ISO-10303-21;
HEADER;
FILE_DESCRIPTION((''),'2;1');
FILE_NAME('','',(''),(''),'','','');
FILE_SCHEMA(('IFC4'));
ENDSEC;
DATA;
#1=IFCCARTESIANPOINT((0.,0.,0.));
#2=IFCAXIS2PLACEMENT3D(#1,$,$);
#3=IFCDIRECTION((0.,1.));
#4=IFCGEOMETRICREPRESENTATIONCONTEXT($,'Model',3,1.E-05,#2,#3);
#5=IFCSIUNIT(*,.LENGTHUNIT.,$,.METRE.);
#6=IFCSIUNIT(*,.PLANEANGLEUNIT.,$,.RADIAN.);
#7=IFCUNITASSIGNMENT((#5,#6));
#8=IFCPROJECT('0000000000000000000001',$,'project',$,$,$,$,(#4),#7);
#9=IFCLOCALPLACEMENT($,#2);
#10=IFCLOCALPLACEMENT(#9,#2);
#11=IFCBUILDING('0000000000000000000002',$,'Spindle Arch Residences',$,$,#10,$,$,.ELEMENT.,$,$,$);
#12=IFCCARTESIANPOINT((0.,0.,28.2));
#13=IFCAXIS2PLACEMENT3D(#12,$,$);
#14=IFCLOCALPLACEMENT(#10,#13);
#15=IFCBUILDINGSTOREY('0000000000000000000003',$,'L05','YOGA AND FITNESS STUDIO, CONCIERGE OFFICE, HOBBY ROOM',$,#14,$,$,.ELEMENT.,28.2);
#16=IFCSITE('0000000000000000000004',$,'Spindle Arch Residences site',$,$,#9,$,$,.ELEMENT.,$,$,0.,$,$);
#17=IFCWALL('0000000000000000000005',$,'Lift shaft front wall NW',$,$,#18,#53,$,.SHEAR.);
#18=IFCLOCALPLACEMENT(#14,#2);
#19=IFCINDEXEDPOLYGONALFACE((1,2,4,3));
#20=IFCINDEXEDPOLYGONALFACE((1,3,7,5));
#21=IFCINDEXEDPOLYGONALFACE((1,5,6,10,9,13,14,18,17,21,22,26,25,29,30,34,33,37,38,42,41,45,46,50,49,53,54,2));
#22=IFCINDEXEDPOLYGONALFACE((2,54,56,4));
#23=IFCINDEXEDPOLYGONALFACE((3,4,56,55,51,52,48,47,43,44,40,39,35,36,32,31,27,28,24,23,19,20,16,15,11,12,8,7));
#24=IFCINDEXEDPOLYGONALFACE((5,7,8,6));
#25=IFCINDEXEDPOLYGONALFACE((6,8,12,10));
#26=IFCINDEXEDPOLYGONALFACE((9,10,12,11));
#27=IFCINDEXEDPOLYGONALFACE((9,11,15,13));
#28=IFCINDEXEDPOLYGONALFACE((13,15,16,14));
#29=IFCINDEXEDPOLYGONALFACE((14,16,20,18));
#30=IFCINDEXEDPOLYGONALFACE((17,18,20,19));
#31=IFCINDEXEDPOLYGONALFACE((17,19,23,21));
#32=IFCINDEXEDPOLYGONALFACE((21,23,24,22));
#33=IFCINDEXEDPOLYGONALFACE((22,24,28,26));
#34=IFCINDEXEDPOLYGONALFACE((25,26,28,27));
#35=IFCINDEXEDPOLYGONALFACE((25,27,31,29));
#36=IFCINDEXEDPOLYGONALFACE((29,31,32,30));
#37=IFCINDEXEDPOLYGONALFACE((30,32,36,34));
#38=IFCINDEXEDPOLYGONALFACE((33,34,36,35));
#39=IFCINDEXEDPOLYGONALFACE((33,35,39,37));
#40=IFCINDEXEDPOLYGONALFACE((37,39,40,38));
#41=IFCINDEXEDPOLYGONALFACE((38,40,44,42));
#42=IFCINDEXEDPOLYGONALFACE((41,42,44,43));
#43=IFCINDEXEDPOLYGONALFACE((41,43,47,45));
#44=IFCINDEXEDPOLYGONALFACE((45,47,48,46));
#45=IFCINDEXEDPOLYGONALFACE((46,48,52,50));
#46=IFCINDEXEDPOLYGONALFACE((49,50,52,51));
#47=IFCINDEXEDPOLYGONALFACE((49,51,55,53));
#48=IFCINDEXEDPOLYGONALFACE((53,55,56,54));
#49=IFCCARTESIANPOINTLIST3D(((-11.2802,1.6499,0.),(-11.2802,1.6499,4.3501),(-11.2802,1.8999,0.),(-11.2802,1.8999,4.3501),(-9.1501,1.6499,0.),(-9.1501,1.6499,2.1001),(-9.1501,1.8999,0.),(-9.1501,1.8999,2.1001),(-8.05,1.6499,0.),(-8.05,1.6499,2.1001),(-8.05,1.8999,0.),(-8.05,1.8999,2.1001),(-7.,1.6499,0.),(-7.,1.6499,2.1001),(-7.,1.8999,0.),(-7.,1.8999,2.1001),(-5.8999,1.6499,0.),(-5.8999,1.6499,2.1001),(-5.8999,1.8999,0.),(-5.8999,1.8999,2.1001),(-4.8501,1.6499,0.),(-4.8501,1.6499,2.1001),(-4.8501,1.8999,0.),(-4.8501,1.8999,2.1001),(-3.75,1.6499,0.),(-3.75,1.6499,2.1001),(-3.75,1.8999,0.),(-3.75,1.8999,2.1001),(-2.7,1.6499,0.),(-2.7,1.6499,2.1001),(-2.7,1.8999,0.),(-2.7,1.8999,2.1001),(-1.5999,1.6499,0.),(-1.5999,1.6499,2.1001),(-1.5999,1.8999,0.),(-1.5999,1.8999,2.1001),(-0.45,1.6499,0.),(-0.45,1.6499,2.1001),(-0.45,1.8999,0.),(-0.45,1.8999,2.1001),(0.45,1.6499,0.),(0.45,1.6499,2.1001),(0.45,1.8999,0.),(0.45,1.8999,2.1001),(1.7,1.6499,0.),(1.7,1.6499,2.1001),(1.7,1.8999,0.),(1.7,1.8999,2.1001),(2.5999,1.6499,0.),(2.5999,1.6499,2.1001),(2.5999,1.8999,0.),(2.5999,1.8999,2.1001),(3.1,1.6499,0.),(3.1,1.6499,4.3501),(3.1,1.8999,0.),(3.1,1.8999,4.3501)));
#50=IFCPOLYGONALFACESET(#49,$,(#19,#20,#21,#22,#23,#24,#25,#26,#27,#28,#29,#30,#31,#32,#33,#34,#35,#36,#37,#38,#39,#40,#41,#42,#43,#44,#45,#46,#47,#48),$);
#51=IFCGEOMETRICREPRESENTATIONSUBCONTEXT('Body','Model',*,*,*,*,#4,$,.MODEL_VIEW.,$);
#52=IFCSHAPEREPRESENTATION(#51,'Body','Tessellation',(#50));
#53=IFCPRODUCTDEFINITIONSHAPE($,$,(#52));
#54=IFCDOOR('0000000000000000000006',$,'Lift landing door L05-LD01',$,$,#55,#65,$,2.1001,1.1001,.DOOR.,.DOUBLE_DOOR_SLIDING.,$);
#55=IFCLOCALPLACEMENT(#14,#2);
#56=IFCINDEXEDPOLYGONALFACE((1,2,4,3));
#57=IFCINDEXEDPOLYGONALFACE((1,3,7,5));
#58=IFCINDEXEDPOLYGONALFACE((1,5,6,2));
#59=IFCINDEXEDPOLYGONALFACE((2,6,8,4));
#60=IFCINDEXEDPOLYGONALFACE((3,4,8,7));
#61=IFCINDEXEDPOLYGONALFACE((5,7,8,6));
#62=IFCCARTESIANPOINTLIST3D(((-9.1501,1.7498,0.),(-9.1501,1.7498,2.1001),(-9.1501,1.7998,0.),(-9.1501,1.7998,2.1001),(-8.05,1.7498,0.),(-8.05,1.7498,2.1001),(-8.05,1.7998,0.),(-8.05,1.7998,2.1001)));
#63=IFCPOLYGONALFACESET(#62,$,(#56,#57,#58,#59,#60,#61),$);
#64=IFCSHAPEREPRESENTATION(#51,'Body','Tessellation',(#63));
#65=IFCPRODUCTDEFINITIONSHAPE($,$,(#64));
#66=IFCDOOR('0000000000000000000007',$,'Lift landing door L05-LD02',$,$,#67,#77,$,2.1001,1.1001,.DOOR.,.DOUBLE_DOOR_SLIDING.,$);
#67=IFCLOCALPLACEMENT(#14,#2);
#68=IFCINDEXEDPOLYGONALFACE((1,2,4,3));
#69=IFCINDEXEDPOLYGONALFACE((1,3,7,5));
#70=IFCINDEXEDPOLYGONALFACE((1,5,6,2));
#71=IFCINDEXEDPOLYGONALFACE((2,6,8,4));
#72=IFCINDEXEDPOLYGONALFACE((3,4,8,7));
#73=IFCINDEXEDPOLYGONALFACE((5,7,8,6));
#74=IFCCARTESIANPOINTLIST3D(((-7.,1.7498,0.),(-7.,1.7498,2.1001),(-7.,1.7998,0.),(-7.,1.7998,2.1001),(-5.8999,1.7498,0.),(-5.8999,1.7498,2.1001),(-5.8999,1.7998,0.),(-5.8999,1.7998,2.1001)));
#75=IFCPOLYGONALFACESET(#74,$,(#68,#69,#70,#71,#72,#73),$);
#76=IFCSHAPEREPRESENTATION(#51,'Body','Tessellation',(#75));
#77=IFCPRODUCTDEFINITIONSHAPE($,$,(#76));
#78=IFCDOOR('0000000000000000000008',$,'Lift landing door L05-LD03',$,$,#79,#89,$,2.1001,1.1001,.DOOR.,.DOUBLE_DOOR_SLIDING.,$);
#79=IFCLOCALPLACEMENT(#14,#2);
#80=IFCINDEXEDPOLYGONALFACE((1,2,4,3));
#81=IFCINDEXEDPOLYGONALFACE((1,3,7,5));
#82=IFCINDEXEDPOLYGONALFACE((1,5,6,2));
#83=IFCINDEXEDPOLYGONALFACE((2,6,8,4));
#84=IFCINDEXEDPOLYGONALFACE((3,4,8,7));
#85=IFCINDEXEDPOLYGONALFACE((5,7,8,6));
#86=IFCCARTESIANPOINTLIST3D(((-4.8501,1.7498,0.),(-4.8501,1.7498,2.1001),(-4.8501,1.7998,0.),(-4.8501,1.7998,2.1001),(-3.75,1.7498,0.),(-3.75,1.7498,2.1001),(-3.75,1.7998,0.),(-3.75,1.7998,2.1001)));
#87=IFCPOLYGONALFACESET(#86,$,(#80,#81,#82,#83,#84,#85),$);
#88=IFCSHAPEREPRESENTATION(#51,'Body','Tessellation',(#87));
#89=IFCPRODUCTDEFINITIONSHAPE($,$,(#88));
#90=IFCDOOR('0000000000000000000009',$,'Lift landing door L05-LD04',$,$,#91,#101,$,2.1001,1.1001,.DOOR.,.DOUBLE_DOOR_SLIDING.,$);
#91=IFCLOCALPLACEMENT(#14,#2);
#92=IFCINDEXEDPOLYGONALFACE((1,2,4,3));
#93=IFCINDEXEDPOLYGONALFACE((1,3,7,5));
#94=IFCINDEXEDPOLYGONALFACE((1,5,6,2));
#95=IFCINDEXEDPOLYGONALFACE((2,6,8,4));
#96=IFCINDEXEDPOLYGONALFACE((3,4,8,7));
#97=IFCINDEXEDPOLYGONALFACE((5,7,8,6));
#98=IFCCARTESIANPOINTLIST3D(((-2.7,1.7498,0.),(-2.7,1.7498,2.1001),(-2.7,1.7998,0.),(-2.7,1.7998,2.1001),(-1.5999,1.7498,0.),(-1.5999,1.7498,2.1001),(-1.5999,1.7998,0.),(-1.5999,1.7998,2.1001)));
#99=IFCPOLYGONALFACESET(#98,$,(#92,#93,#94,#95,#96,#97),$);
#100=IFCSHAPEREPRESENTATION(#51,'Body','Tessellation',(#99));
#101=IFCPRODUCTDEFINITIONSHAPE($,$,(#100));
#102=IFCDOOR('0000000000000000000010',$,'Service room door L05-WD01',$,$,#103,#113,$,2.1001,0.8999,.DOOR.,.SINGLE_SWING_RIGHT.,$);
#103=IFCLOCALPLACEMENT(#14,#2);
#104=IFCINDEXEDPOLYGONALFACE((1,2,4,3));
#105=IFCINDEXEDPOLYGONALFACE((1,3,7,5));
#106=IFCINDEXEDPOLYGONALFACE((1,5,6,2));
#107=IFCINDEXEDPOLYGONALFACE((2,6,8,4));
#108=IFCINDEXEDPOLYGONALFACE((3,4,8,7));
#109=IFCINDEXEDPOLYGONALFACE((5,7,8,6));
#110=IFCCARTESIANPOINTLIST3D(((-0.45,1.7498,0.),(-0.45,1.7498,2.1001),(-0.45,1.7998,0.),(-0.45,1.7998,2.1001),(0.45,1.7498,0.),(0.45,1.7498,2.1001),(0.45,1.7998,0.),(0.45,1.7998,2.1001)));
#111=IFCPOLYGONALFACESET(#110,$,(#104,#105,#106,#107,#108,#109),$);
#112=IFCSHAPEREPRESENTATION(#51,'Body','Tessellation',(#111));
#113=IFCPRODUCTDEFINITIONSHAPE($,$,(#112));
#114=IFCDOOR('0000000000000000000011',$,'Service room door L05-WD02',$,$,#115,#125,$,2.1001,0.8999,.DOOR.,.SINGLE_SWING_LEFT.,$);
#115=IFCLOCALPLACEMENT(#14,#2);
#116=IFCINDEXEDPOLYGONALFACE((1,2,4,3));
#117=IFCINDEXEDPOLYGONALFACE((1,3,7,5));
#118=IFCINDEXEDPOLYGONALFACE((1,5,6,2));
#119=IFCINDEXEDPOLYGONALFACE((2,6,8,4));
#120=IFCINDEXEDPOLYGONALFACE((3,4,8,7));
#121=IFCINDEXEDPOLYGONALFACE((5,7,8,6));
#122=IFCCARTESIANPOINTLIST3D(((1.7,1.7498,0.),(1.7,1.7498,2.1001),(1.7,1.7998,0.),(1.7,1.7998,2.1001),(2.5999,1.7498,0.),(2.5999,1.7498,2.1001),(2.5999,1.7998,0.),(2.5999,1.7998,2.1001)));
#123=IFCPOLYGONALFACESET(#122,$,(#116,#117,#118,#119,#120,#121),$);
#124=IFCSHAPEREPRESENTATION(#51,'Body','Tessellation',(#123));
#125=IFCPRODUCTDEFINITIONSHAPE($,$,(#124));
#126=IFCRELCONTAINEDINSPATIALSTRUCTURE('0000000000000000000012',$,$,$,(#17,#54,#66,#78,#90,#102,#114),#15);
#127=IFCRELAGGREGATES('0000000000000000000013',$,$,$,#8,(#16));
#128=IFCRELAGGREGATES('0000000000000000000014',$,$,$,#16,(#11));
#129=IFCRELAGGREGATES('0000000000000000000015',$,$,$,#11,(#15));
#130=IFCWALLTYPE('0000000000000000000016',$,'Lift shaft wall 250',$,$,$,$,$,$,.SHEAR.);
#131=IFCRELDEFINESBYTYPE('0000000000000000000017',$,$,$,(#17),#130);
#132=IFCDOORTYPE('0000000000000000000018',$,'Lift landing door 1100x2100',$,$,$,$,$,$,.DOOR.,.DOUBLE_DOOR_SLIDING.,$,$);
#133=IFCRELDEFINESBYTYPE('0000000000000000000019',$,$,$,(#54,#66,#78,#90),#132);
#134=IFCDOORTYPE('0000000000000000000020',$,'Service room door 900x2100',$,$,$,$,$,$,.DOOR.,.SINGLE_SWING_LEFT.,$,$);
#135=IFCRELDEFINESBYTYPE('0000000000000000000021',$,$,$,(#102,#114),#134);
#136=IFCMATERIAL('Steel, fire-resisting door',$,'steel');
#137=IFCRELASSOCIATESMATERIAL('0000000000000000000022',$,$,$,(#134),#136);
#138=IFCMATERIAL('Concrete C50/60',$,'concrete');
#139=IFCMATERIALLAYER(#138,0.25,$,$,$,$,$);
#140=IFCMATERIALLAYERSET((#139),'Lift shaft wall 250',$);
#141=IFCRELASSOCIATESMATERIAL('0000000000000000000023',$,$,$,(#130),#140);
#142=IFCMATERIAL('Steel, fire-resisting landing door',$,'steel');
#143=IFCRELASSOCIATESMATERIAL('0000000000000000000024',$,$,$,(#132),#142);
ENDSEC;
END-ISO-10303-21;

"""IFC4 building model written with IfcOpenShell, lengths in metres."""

from ifc_helpers import new_model, si_unit, direction, frame, frame_2d, origin, place, context, subcontext, project, spatial, rectangle, extrude, material, layer, layer_set, type_object, element, fill, save


model = new_model("IFC4")

# Units and contexts
model_context = context("Model", 3, precision=1e-05, world=origin(), true_north=direction((0.0, 1.0)))
body_context = subcontext(model_context, "Body", "Model", "MODEL_VIEW")
ifc_project = project(units=[si_unit("LENGTHUNIT", "METRE"), si_unit("PLANEANGLEUNIT", "RADIAN")], contexts=[model_context])

# Site, building, storey
site_placement = place(None, origin())
site = spatial("IfcSite", under=ifc_project, at=site_placement, Name="Spindle Arch Residences site", CompositionType="ELEMENT", RefElevation=0.0)
building_placement = place(site_placement, origin())
building = spatial("IfcBuilding", under=site, at=building_placement, Name="Spindle Arch Residences", CompositionType="ELEMENT")
storey_placement = place(building_placement, frame((0.0, 0.0, 28.2)))
storey = spatial("IfcBuildingStorey", under=building, at=storey_placement, Name="L05", Description="YOGA AND FITNESS STUDIO, CONCIERGE OFFICE, HOBBY ROOM", CompositionType="ELEMENT", Elevation=28.2)

# Shared definitions
ifc_material_1 = material(Name="Steel, fire-resisting door", Category="steel")
door_type_1 = type_object("IfcDoorType", Name="Service room door 900x2100", OperationType="SINGLE_SWING_LEFT", PredefinedType="DOOR", material=ifc_material_1)

# Wall, openings, doors
ifc_material_2 = material(Name="Concrete C50/60", Category="concrete")
ifc_layer_1 = layer(ifc_material_2, 0.25)
ifc_layer_set_1 = layer_set([ifc_layer_1], Name="Lift shaft wall 250")
wall_type_1 = type_object("IfcWallType", Name="Lift shaft wall 250", PredefinedType="SHEAR", material=ifc_layer_set_1)
wall_1_placement = place(storey_placement, frame((-11.28, 1.7749, 0.0), z_axis=(0.0, 0.0, 1.0), x_axis=(1.0, 0.0, 0.0)))
wall_1 = element("IfcWall", 1, at=wall_1_placement, inside=storey, type_object=wall_type_1, Name="Lift shaft front wall NW", PredefinedType="SHEAR", context=body_context, shape_type="SweptSolid", body=[
    extrude(rectangle(XDim=14.3801, YDim=0.25, at=frame_2d((7.1899, 0.0))), origin(), (0.0, 0.0, 1.0), 4.3501),
])
opening_1_placement = place(wall_1_placement, frame((2.1299, 0.0, 0.0)))
opening_1 = element("IfcOpeningElement", 2, at=opening_1_placement, cuts=wall_1, PredefinedType="OPENING", context=body_context, shape_type="SweptSolid", body=[
    extrude(rectangle(XDim=1.1001, YDim=2.1001, at=frame_2d((0.55, 1.05))), frame((0.0, 0.135, 0.0), z_axis=(0.0, -1.0, 0.0), x_axis=(1.0, 0.0, 0.0)), (0.0, 0.0, 1.0), 0.27),
])
opening_2_placement = place(wall_1_placement, frame((4.28, 0.0, 0.0)))
opening_2 = element("IfcOpeningElement", 3, at=opening_2_placement, cuts=wall_1, PredefinedType="OPENING", context=body_context, shape_type="SweptSolid", body=[
    extrude(rectangle(XDim=1.1001, YDim=2.1001, at=frame_2d((0.55, 1.05))), frame((0.0, 0.135, 0.0), z_axis=(0.0, -1.0, 0.0), x_axis=(1.0, 0.0, 0.0)), (0.0, 0.0, 1.0), 0.27),
])
opening_3_placement = place(wall_1_placement, frame((6.4299, 0.0, 0.0)))
opening_3 = element("IfcOpeningElement", 4, at=opening_3_placement, cuts=wall_1, PredefinedType="OPENING", context=body_context, shape_type="SweptSolid", body=[
    extrude(rectangle(XDim=1.1001, YDim=2.1001, at=frame_2d((0.55, 1.05))), frame((0.0, 0.135, 0.0), z_axis=(0.0, -1.0, 0.0), x_axis=(1.0, 0.0, 0.0)), (0.0, 0.0, 1.0), 0.27),
])
opening_4_placement = place(wall_1_placement, frame((8.5801, 0.0, 0.0)))
opening_4 = element("IfcOpeningElement", 5, at=opening_4_placement, cuts=wall_1, PredefinedType="OPENING", context=body_context, shape_type="SweptSolid", body=[
    extrude(rectangle(XDim=1.1001, YDim=2.1001, at=frame_2d((0.55, 1.05))), frame((0.0, 0.135, 0.0), z_axis=(0.0, -1.0, 0.0), x_axis=(1.0, 0.0, 0.0)), (0.0, 0.0, 1.0), 0.27),
])
opening_5_placement = place(wall_1_placement, frame((10.8301, 0.0, 0.0)))
opening_5 = element("IfcOpeningElement", 6, at=opening_5_placement, cuts=wall_1, PredefinedType="OPENING", context=body_context, shape_type="SweptSolid", body=[
    extrude(rectangle(XDim=0.8999, YDim=2.1001, at=frame_2d((0.45, 1.05))), frame((0.0, 0.135, 0.0), z_axis=(0.0, -1.0, 0.0), x_axis=(1.0, 0.0, 0.0)), (0.0, 0.0, 1.0), 0.27),
])
opening_6_placement = place(wall_1_placement, frame((12.98, 0.0, 0.0)))
opening_6 = element("IfcOpeningElement", 7, at=opening_6_placement, cuts=wall_1, PredefinedType="OPENING", context=body_context, shape_type="SweptSolid", body=[
    extrude(rectangle(XDim=0.8999, YDim=2.1001, at=frame_2d((0.45, 1.05))), frame((0.0, 0.135, 0.0), z_axis=(0.0, -1.0, 0.0), x_axis=(1.0, 0.0, 0.0)), (0.0, 0.0, 1.0), 0.27),
])
ifc_material_3 = material(Name="Steel, fire-resisting landing door", Category="steel")
door_type_2 = type_object("IfcDoorType", Name="Lift landing door 1100x2100", OperationType="DOUBLE_DOOR_SLIDING", PredefinedType="DOOR", material=ifc_material_3)
door_1_placement = place(opening_1_placement, origin())
door_1 = element("IfcDoor", 8, at=door_1_placement, inside=storey, type_object=door_type_2, Name="Lift landing door L05-LD01", OperationType="DOUBLE_DOOR_SLIDING", OverallHeight=2.1001, OverallWidth=1.1001, PredefinedType="DOOR", context=body_context, shape_type="SweptSolid", body=[
    extrude(rectangle(XDim=1.1001, YDim=2.1001, at=frame_2d((0.55, 1.05))), frame((0.0, 0.0249, 0.0), z_axis=(0.0, -1.0, 0.0), x_axis=(1.0, 0.0, 0.0)), (0.0, 0.0, 1.0), 0.05),
])
fill(opening_1, door_1)
door_2_placement = place(opening_2_placement, origin())
door_2 = element("IfcDoor", 9, at=door_2_placement, inside=storey, type_object=door_type_2, Name="Lift landing door L05-LD02", OperationType="DOUBLE_DOOR_SLIDING", OverallHeight=2.1001, OverallWidth=1.1001, PredefinedType="DOOR", context=body_context, shape_type="SweptSolid", body=[
    extrude(rectangle(XDim=1.1001, YDim=2.1001, at=frame_2d((0.55, 1.05))), frame((0.0, 0.0249, 0.0), z_axis=(0.0, -1.0, 0.0), x_axis=(1.0, 0.0, 0.0)), (0.0, 0.0, 1.0), 0.05),
])
fill(opening_2, door_2)
door_3_placement = place(opening_3_placement, origin())
door_3 = element("IfcDoor", 10, at=door_3_placement, inside=storey, type_object=door_type_2, Name="Lift landing door L05-LD03", OperationType="DOUBLE_DOOR_SLIDING", OverallHeight=2.1001, OverallWidth=1.1001, PredefinedType="DOOR", context=body_context, shape_type="SweptSolid", body=[
    extrude(rectangle(XDim=1.1001, YDim=2.1001, at=frame_2d((0.55, 1.05))), frame((0.0, 0.0249, 0.0), z_axis=(0.0, -1.0, 0.0), x_axis=(1.0, 0.0, 0.0)), (0.0, 0.0, 1.0), 0.05),
])
fill(opening_3, door_3)
door_4_placement = place(opening_4_placement, origin())
door_4 = element("IfcDoor", 11, at=door_4_placement, inside=storey, type_object=door_type_2, Name="Lift landing door L05-LD04", OperationType="DOUBLE_DOOR_SLIDING", OverallHeight=2.1001, OverallWidth=1.1001, PredefinedType="DOOR", context=body_context, shape_type="SweptSolid", body=[
    extrude(rectangle(XDim=1.1001, YDim=2.1001, at=frame_2d((0.55, 1.05))), frame((0.0, 0.0249, 0.0), z_axis=(0.0, -1.0, 0.0), x_axis=(1.0, 0.0, 0.0)), (0.0, 0.0, 1.0), 0.05),
])
fill(opening_4, door_4)
door_5_placement = place(opening_5_placement, origin())
door_5 = element("IfcDoor", 12, at=door_5_placement, inside=storey, type_object=door_type_1, Name="Service room door L05-WD01", OperationType="SINGLE_SWING_RIGHT", OverallHeight=2.1001, OverallWidth=0.8999, PredefinedType="DOOR", context=body_context, shape_type="SweptSolid", body=[
    extrude(rectangle(XDim=0.8999, YDim=2.1001, at=frame_2d((0.45, 1.05))), frame((0.0, 0.0249, 0.0), z_axis=(0.0, -1.0, 0.0), x_axis=(1.0, 0.0, 0.0)), (0.0, 0.0, 1.0), 0.05),
])
fill(opening_5, door_5)
door_6_placement = place(opening_6_placement, origin())
door_6 = element("IfcDoor", 13, at=door_6_placement, inside=storey, type_object=door_type_1, Name="Service room door L05-WD02", OperationType="SINGLE_SWING_LEFT", OverallHeight=2.1001, OverallWidth=0.8999, PredefinedType="DOOR", context=body_context, shape_type="SweptSolid", body=[
    extrude(rectangle(XDim=0.8999, YDim=2.1001, at=frame_2d((0.45, 1.05))), frame((0.0, 0.0249, 0.0), z_axis=(0.0, -1.0, 0.0), x_axis=(1.0, 0.0, 0.0)), (0.0, 0.0, 1.0), 0.05),
])
fill(opening_6, door_6)

save(model, "model.ifc")
